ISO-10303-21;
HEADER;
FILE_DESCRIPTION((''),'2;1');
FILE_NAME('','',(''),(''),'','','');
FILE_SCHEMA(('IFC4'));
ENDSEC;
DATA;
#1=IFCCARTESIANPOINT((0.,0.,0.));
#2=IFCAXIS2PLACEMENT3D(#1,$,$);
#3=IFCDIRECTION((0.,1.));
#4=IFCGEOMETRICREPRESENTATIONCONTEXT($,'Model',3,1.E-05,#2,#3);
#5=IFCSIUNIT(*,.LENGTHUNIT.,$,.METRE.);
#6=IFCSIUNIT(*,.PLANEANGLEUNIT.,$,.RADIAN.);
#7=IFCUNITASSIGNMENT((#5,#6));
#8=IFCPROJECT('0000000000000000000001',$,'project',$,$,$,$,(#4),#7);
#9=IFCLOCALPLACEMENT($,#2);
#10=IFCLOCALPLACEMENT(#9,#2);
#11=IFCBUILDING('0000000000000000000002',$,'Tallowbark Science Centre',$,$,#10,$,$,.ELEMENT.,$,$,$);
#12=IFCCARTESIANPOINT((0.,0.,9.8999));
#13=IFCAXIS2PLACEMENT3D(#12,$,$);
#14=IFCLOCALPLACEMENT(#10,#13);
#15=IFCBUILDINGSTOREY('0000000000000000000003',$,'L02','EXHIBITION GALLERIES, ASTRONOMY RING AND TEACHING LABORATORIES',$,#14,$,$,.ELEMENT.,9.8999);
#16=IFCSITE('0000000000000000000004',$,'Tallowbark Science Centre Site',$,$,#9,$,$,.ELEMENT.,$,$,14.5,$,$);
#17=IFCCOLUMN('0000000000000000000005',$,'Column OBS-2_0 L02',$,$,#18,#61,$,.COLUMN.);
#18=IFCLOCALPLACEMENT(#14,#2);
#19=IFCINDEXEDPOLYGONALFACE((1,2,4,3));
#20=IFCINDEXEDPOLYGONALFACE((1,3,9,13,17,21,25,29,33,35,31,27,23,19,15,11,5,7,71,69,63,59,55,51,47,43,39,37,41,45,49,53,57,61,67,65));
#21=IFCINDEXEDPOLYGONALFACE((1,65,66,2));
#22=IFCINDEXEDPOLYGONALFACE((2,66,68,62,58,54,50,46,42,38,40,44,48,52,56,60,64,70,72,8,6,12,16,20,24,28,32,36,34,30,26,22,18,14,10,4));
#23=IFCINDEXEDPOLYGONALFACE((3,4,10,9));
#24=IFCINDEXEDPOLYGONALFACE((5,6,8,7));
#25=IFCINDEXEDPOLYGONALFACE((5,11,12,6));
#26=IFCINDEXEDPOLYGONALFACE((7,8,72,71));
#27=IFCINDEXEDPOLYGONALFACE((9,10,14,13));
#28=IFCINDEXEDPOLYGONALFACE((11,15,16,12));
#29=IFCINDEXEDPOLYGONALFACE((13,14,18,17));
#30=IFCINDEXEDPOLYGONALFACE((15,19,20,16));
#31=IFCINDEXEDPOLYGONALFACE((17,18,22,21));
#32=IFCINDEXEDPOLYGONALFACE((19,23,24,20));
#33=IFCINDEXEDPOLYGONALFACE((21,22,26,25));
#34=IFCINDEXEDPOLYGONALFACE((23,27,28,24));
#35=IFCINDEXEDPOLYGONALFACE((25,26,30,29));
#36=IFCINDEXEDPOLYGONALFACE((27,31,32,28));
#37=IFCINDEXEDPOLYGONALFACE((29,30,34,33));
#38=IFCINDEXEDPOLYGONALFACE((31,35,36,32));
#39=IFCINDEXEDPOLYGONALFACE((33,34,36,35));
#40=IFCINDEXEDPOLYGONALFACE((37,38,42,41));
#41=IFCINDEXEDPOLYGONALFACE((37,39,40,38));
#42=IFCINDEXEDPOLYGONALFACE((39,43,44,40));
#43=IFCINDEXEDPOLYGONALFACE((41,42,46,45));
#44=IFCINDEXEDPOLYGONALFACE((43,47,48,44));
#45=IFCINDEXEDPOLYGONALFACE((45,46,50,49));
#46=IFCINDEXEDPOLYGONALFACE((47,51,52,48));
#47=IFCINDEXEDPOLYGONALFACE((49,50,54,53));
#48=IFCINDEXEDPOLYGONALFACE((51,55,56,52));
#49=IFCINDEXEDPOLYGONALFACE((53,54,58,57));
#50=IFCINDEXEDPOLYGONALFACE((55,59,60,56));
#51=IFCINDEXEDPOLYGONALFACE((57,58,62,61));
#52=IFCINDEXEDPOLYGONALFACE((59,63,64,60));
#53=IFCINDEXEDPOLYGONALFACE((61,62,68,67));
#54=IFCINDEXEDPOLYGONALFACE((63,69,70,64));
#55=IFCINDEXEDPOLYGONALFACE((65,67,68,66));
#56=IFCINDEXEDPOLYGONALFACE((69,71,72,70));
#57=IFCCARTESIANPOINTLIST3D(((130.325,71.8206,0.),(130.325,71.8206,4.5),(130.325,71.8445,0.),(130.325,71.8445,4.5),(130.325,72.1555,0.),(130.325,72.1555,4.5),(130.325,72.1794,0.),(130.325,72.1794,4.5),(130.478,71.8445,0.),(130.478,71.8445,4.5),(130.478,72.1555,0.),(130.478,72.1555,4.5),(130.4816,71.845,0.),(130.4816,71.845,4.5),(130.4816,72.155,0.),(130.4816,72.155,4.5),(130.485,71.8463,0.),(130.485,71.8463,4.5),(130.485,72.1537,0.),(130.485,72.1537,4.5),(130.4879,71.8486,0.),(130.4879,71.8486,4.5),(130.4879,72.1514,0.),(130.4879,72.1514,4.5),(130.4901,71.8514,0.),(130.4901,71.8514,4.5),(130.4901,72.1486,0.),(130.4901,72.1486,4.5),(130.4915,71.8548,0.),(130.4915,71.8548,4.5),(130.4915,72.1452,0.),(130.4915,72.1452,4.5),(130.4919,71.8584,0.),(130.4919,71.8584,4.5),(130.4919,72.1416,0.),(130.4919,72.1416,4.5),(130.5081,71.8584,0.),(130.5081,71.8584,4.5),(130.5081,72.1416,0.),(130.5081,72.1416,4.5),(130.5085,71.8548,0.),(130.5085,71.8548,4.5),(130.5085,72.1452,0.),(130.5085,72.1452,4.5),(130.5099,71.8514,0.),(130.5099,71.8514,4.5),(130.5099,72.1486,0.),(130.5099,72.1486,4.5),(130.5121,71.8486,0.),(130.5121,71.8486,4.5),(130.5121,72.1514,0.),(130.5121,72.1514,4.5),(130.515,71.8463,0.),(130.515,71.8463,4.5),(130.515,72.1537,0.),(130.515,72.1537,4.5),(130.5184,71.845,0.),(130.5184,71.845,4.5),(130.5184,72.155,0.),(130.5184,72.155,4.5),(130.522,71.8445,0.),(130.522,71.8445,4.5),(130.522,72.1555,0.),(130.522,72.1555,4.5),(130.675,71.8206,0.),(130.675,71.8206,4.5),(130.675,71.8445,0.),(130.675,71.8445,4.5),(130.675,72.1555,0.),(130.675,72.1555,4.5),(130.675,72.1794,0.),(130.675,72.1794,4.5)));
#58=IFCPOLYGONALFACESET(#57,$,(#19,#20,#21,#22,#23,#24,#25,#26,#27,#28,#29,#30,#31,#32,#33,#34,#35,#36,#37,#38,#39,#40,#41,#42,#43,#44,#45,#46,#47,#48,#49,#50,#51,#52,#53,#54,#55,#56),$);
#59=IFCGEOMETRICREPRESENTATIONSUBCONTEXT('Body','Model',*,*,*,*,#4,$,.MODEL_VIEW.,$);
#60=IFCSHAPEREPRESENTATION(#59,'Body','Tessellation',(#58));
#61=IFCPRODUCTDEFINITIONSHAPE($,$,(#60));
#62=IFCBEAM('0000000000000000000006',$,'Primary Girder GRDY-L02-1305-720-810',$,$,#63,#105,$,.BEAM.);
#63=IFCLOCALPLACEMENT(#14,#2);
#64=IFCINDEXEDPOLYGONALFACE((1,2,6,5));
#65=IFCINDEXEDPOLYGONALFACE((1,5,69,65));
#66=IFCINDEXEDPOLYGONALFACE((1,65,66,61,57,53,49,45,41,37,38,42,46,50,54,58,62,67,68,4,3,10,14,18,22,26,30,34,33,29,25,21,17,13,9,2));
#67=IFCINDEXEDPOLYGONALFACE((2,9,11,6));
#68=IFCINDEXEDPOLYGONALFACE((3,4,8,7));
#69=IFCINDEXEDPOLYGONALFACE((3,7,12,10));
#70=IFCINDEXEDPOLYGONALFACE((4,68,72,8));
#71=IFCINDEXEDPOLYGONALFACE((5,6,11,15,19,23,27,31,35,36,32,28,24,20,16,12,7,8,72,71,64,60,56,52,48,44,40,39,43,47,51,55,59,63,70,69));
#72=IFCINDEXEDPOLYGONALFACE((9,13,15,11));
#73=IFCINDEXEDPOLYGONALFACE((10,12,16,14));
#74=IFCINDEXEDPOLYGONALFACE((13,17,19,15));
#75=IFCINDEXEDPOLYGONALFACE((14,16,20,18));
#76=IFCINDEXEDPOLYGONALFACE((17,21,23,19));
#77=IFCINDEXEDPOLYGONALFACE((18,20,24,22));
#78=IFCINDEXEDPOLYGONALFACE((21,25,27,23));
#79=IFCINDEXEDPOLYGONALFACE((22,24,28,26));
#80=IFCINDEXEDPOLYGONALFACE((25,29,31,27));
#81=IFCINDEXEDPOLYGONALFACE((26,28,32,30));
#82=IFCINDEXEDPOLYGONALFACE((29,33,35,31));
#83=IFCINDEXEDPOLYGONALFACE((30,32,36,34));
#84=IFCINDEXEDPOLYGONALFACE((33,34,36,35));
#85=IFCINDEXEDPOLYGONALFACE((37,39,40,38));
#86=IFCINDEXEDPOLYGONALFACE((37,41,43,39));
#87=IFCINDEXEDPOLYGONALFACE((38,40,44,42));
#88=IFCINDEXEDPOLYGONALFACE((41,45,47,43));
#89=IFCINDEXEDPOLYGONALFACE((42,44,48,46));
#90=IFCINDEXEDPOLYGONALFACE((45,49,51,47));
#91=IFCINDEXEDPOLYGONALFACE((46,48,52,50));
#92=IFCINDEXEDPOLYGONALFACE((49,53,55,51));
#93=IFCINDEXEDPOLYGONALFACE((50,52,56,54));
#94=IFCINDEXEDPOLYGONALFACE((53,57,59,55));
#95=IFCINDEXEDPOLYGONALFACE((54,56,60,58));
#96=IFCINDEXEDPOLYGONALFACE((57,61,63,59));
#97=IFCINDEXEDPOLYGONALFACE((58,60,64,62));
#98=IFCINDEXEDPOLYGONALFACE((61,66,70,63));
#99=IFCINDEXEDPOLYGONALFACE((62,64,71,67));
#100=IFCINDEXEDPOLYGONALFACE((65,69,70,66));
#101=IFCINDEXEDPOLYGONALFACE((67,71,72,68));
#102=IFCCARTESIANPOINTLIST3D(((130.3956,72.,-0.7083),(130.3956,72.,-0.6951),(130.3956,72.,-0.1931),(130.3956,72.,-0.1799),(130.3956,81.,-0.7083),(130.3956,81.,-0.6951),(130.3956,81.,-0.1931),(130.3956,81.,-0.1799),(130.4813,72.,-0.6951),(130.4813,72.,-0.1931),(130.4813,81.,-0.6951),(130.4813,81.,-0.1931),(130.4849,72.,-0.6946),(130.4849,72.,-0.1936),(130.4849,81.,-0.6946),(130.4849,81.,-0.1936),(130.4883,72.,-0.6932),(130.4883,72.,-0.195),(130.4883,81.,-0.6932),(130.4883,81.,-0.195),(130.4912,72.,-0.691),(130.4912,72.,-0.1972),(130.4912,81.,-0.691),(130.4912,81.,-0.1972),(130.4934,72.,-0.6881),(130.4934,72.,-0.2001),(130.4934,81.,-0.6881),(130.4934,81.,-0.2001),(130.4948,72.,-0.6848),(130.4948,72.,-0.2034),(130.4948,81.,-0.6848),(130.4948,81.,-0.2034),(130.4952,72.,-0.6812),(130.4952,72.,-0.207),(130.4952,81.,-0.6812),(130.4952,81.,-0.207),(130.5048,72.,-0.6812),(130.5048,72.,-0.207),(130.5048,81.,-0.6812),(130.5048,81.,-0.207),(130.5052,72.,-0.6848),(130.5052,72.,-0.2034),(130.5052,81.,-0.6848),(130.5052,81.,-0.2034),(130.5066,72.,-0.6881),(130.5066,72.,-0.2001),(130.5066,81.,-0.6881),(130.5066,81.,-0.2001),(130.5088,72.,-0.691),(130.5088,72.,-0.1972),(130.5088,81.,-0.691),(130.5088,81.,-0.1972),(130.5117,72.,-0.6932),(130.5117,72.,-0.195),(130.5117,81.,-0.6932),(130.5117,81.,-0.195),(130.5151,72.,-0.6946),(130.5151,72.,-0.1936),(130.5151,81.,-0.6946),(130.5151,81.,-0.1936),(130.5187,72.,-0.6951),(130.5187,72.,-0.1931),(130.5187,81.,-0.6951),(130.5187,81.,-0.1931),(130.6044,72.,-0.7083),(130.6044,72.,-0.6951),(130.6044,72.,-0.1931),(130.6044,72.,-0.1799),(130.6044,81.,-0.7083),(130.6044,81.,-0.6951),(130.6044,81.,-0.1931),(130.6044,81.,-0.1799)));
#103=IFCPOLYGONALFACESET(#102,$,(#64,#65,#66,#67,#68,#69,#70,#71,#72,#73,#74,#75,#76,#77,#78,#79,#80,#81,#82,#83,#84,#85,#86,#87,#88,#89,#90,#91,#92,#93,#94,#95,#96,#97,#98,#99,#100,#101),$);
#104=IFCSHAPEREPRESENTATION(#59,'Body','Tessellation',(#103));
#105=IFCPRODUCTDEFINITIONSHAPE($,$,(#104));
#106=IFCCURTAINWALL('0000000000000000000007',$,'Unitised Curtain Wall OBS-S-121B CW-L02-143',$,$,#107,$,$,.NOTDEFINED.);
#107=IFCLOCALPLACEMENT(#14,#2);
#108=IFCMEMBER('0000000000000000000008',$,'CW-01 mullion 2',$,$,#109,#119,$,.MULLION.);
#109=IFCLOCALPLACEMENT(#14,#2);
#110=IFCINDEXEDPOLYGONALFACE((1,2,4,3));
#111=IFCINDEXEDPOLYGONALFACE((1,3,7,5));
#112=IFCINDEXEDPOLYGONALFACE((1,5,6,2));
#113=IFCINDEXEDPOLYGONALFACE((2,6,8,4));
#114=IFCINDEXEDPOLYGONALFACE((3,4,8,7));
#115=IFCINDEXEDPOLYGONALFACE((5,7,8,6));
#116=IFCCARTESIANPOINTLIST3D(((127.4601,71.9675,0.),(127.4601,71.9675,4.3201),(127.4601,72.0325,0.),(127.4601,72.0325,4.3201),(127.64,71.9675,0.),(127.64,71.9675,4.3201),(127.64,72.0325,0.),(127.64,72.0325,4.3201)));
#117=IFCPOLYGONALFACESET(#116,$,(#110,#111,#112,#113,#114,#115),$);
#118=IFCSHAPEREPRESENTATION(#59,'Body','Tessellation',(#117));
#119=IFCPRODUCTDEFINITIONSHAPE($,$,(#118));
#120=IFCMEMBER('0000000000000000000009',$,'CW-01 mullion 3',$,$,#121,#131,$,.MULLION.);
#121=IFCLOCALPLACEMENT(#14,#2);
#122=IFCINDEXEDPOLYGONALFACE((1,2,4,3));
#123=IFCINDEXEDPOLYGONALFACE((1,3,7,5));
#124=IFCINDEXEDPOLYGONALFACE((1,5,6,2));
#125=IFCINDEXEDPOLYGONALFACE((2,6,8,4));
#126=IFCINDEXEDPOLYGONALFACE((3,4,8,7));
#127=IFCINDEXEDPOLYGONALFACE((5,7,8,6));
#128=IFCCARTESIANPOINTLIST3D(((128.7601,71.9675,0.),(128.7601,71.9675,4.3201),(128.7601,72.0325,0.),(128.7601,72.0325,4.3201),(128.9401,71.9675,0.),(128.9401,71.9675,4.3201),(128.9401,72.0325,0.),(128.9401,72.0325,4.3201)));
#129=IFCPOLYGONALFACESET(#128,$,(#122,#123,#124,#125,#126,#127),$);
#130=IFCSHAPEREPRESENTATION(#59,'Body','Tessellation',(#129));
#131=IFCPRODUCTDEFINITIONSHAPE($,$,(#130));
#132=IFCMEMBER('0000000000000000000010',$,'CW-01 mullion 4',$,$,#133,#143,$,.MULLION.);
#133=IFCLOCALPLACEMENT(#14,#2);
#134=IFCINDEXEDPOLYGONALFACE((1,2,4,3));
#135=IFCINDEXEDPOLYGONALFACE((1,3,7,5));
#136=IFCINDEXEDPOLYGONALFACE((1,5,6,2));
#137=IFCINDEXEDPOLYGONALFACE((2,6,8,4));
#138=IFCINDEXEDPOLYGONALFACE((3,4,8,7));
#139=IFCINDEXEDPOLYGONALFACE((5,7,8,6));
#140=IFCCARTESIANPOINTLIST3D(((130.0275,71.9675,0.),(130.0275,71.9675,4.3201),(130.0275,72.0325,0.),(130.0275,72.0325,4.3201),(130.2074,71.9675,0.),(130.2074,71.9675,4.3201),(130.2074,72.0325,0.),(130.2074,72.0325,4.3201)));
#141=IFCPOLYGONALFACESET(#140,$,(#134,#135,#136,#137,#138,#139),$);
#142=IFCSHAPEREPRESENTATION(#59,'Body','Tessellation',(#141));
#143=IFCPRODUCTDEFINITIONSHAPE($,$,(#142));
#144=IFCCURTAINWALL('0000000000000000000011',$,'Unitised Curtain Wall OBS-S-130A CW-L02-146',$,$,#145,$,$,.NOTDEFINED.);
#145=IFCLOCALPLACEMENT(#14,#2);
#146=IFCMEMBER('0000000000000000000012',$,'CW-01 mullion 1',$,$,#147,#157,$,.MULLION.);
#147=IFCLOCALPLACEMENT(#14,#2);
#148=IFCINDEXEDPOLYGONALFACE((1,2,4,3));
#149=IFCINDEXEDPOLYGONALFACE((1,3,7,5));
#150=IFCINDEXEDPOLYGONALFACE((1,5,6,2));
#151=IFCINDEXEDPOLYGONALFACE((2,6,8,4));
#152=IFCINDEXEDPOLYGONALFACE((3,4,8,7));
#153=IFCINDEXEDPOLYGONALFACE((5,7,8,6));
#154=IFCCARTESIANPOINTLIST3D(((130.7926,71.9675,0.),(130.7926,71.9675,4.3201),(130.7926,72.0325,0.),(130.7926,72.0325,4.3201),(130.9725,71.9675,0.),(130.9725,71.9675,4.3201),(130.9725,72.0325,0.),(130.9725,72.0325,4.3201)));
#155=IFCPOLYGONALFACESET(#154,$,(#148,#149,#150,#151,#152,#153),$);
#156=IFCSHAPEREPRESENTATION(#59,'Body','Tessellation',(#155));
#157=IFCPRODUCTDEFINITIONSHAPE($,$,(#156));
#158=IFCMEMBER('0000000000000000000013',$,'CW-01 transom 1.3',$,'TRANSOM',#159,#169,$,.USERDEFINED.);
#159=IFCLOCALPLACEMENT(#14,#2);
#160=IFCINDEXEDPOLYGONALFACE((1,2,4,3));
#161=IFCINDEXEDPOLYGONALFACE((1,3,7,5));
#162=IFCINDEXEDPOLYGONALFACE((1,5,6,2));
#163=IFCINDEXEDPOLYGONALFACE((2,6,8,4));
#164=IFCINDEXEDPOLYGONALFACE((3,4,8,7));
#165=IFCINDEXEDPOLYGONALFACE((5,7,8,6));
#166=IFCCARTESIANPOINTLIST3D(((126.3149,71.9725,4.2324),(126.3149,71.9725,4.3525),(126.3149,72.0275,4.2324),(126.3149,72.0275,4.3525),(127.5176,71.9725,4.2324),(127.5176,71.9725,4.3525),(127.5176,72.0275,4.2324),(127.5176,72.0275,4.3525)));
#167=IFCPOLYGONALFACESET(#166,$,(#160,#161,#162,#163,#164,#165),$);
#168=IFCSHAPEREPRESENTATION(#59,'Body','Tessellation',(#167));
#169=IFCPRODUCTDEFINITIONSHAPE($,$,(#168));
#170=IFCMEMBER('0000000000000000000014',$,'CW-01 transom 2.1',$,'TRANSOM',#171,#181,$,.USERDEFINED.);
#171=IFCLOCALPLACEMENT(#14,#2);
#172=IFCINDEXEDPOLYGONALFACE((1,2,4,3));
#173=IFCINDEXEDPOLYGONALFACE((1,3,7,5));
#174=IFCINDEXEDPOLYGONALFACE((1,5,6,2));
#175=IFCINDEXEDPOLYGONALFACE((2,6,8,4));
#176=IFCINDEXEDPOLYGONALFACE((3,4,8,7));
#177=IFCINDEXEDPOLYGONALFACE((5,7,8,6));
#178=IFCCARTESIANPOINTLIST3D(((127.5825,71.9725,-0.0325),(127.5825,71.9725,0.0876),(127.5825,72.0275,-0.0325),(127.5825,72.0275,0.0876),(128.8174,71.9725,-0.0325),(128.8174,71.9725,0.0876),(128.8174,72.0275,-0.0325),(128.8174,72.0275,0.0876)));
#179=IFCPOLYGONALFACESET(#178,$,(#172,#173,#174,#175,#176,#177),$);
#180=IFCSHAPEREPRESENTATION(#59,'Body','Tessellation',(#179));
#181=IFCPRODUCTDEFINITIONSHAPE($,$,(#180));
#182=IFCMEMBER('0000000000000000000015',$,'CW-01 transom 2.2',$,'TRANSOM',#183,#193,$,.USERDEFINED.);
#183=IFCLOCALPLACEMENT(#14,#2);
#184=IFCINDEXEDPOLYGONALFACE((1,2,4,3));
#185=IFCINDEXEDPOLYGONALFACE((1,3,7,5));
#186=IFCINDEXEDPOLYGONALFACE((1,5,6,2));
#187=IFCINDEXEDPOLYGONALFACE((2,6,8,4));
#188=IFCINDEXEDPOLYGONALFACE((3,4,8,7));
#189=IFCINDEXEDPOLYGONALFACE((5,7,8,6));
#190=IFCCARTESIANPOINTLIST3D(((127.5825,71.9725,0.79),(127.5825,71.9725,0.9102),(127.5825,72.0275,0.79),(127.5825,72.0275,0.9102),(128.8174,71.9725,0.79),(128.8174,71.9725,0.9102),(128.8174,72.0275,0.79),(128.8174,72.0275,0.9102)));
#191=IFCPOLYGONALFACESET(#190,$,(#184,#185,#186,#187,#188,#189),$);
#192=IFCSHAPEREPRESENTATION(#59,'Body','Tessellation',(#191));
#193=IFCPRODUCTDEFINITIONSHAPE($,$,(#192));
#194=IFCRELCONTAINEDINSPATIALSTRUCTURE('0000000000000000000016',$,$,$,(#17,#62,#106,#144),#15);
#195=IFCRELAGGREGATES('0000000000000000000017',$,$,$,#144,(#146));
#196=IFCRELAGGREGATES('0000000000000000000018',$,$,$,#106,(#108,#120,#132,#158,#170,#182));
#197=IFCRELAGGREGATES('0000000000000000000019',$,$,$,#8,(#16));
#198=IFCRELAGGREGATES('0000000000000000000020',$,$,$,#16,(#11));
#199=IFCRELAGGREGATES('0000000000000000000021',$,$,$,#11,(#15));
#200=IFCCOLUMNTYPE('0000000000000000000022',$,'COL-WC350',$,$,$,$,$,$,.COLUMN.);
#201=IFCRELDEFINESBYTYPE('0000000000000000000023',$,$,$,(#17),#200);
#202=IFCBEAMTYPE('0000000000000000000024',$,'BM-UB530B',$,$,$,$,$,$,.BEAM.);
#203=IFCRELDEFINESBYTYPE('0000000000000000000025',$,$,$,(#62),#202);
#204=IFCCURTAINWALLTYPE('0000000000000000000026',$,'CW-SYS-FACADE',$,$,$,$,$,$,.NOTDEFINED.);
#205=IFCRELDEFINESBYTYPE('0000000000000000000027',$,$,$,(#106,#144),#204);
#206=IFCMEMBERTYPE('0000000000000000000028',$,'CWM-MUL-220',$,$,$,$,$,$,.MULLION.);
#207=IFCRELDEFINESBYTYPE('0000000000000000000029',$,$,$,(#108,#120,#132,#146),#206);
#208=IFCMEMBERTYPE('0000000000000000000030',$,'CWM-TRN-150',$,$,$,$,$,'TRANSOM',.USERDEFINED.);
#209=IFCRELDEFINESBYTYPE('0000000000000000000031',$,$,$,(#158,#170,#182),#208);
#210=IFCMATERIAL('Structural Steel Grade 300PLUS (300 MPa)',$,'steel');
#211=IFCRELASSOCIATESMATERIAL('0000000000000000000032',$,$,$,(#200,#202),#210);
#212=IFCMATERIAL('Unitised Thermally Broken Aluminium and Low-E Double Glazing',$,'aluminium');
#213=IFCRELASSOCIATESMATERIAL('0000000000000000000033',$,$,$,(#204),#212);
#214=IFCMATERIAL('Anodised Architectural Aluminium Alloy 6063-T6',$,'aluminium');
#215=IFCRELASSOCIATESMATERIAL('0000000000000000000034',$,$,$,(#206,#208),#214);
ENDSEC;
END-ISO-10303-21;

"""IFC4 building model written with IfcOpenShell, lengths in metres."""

from ifc_helpers import new_model, si_unit, direction, frame, origin, origin_2d, place, context, subcontext, project, spatial, rectangle, i_section, extrude, material, material_profile, profile_set, type_object, element, aggregate, save


model = new_model("IFC4")

# Units and contexts
model_context = context("Model", 3, precision=1e-05, world=origin(), true_north=direction((0.0, 1.0)))
body_context = subcontext(model_context, "Body", "Model", "MODEL_VIEW")
ifc_project = project(units=[si_unit("LENGTHUNIT", "METRE"), si_unit("PLANEANGLEUNIT", "RADIAN")], contexts=[model_context])

# Site, building, storey
site_placement = place(None, origin())
site = spatial("IfcSite", under=ifc_project, at=site_placement, Name="Tallowbark Science Centre Site", CompositionType="ELEMENT", RefElevation=14.5)
building_placement = place(site_placement, origin())
building = spatial("IfcBuilding", under=site, at=building_placement, Name="Tallowbark Science Centre", CompositionType="ELEMENT")
storey_placement = place(building_placement, frame((0.0, 0.0, 9.8999)))
storey = spatial("IfcBuildingStorey", under=building, at=storey_placement, Name="L02", Description="EXHIBITION GALLERIES, ASTRONOMY RING AND TEACHING LABORATORIES", CompositionType="ELEMENT", Elevation=9.8999)

# Column
ifc_material_1 = material(Name="Structural Steel Grade 300PLUS (300 MPa)", Category="steel")
ifc_material_profile_1 = material_profile(ifc_material_1, i_section(OverallWidth=0.3501, OverallDepth=0.3589, WebThickness=0.0161, FlangeThickness=0.0239, FilletRadius=0.0139, at=origin_2d()), Name="350WC197")
ifc_profile_set_1 = profile_set([ifc_material_profile_1], Name="Structural Steel Grade 300PLUS (300 MPa)")
column_type = type_object("IfcColumnType", Name="COL-WC350", PredefinedType="COLUMN", material=ifc_profile_set_1)
column_placement = place(storey_placement, frame((130.5, 72.0, 0.0), z_axis=(0.0, 0.0, 1.0), x_axis=(1.0, 0.0, 0.0)))
element("IfcColumn", 1, at=column_placement, inside=storey, type_object=column_type, Name="Column OBS-2_0 L02", PredefinedType="COLUMN", context=body_context, shape_type="SweptSolid", body=[
    extrude(i_section(OverallWidth=0.3501, OverallDepth=0.3589, WebThickness=0.0161, FlangeThickness=0.0239, FilletRadius=0.0139, at=origin_2d()), origin(), (0.0, 0.0, 1.0), 4.5),
])

# Beam
ifc_material_profile_2 = material_profile(ifc_material_1, i_section(OverallWidth=0.2087, OverallDepth=0.5283, WebThickness=0.0095, FlangeThickness=0.0132, FilletRadius=0.0139, at=origin_2d()), Name="530UB82.0")
ifc_profile_set_2 = profile_set([ifc_material_profile_2], Name="Structural Steel Grade 300PLUS (300 MPa)")
beam_type_1 = type_object("IfcBeamType", Name="BM-UB530B", PredefinedType="BEAM", material=ifc_profile_set_2)
beam_1_placement = place(storey_placement, frame((130.5, 72.0, -0.4441), z_axis=(0.0, 1.0, 0.0), x_axis=(-1.0, 0.0, 0.0)))
element("IfcBeam", 2, at=beam_1_placement, inside=storey, type_object=beam_type_1, Name="Primary Girder GRDY-L02-1305-720-810", PredefinedType="BEAM", context=body_context, shape_type="SweptSolid", body=[
    extrude(i_section(OverallWidth=0.2087, OverallDepth=0.5283, WebThickness=0.0095, FlangeThickness=0.0132, FilletRadius=0.0139, at=origin_2d()), origin(), (0.0, 0.0, 1.0), 9.0),
])

# Curtain wall, members
ifc_material_2 = material(Name="Unitised Thermally Broken Aluminium and Low-E Double Glazing", Category="aluminium")
curtain_wall_type = type_object("IfcCurtainWallType", Name="CW-SYS-FACADE", PredefinedType="NOTDEFINED", material=ifc_material_2)
curtain_wall_1_placement = place(storey_placement, origin())
curtain_wall_1 = element("IfcCurtainWall", 3, at=curtain_wall_1_placement, inside=storey, type_object=curtain_wall_type, Name="Unitised Curtain Wall OBS-S-121B CW-L02-143", PredefinedType="NOTDEFINED")
ifc_material_3 = material(Name="Anodised Architectural Aluminium Alloy 6063-T6", Category="aluminium")
ifc_material_profile_3 = material_profile(ifc_material_3, rectangle(XDim=0.0649, YDim=0.1799, at=origin_2d()), Name="ALU65x180")
ifc_profile_set_3 = profile_set([ifc_material_profile_3], Name="Anodised Architectural Aluminium Alloy 6063-T6")
member_type_1 = type_object("IfcMemberType", Name="CWM-MUL-220", PredefinedType="MULLION", material=ifc_profile_set_3)
member_1_placement = place(storey_placement, frame((127.55, 72.0, 0.0), z_axis=(0.0, 0.0, 1.0), x_axis=(0.0, 1.0, 0.0)))
member_1 = element("IfcMember", 4, at=member_1_placement, type_object=member_type_1, Name="CW-01 mullion 2", PredefinedType="MULLION", context=body_context, shape_type="SweptSolid", body=[
    extrude(rectangle(XDim=0.0649, YDim=0.1799, at=origin_2d()), origin(), (0.0, 0.0, 1.0), 4.3201),
])
member_2_placement = place(storey_placement, frame((128.8501, 72.0, 0.0), z_axis=(0.0, 0.0, 1.0), x_axis=(0.0, 1.0, 0.0)))
member_2 = element("IfcMember", 5, at=member_2_placement, type_object=member_type_1, Name="CW-01 mullion 3", PredefinedType="MULLION", context=body_context, shape_type="SweptSolid", body=[
    extrude(rectangle(XDim=0.0649, YDim=0.1799, at=origin_2d()), origin(), (0.0, 0.0, 1.0), 4.3201),
])
member_3_placement = place(storey_placement, frame((130.1174, 72.0, 0.0), z_axis=(0.0, 0.0, 1.0), x_axis=(0.0, 1.0, 0.0)))
member_3 = element("IfcMember", 6, at=member_3_placement, type_object=member_type_1, Name="CW-01 mullion 4", PredefinedType="MULLION", context=body_context, shape_type="SweptSolid", body=[
    extrude(rectangle(XDim=0.0649, YDim=0.1799, at=origin_2d()), origin(), (0.0, 0.0, 1.0), 4.3201),
])

# Curtain wall, member
curtain_wall_2_placement = place(storey_placement, origin())
curtain_wall_2 = element("IfcCurtainWall", 7, at=curtain_wall_2_placement, inside=storey, type_object=curtain_wall_type, Name="Unitised Curtain Wall OBS-S-130A CW-L02-146", PredefinedType="NOTDEFINED")
member_4_placement = place(storey_placement, frame((130.8826, 72.0, 0.0), z_axis=(0.0, 0.0, 1.0), x_axis=(0.0, 1.0, 0.0)))
member_4 = element("IfcMember", 8, at=member_4_placement, type_object=member_type_1, Name="CW-01 mullion 1", PredefinedType="MULLION", context=body_context, shape_type="SweptSolid", body=[
    extrude(rectangle(XDim=0.0649, YDim=0.1799, at=origin_2d()), origin(), (0.0, 0.0, 1.0), 4.3201),
])
aggregate(curtain_wall_2, [member_4])

# Members
ifc_material_profile_4 = material_profile(ifc_material_3, rectangle(XDim=0.0549, YDim=0.1201, at=origin_2d()), Name="ALU55x120")
ifc_profile_set_4 = profile_set([ifc_material_profile_4], Name="Anodised Architectural Aluminium Alloy 6063-T6")
member_type_2 = type_object("IfcMemberType", Name="CWM-TRN-150", ElementType="TRANSOM", PredefinedType="USERDEFINED", material=ifc_profile_set_4)
member_5_placement = place(storey_placement, frame((126.3149, 72.0, 4.2925), z_axis=(1.0, 0.0, 0.0), x_axis=(0.0, 1.0, 0.0)))
member_5 = element("IfcMember", 9, at=member_5_placement, type_object=member_type_2, Name="CW-01 transom 1.3", ObjectType="TRANSOM", PredefinedType="USERDEFINED", context=body_context, shape_type="SweptSolid", body=[
    extrude(rectangle(XDim=0.0549, YDim=0.1201, at=origin_2d()), origin(), (0.0, 0.0, 1.0), 1.2026),
])
member_6_placement = place(storey_placement, frame((127.5825, 72.0, 0.0276), z_axis=(1.0, 0.0, 0.0), x_axis=(0.0, 1.0, 0.0)))
member_6 = element("IfcMember", 10, at=member_6_placement, type_object=member_type_2, Name="CW-01 transom 2.1", ObjectType="TRANSOM", PredefinedType="USERDEFINED", context=body_context, shape_type="SweptSolid", body=[
    extrude(rectangle(XDim=0.0549, YDim=0.1201, at=origin_2d()), origin(), (0.0, 0.0, 1.0), 1.2349),
])
member_7_placement = place(storey_placement, frame((127.5825, 72.0, 0.8501), z_axis=(1.0, 0.0, 0.0), x_axis=(0.0, 1.0, 0.0)))
member_7 = element("IfcMember", 11, at=member_7_placement, type_object=member_type_2, Name="CW-01 transom 2.2", ObjectType="TRANSOM", PredefinedType="USERDEFINED", context=body_context, shape_type="SweptSolid", body=[
    extrude(rectangle(XDim=0.0549, YDim=0.1201, at=origin_2d()), origin(), (0.0, 0.0, 1.0), 1.2349),
])

aggregate(curtain_wall_1, [member_1, member_2, member_3, member_5, member_6, member_7])

save(model, "model.ifc")
